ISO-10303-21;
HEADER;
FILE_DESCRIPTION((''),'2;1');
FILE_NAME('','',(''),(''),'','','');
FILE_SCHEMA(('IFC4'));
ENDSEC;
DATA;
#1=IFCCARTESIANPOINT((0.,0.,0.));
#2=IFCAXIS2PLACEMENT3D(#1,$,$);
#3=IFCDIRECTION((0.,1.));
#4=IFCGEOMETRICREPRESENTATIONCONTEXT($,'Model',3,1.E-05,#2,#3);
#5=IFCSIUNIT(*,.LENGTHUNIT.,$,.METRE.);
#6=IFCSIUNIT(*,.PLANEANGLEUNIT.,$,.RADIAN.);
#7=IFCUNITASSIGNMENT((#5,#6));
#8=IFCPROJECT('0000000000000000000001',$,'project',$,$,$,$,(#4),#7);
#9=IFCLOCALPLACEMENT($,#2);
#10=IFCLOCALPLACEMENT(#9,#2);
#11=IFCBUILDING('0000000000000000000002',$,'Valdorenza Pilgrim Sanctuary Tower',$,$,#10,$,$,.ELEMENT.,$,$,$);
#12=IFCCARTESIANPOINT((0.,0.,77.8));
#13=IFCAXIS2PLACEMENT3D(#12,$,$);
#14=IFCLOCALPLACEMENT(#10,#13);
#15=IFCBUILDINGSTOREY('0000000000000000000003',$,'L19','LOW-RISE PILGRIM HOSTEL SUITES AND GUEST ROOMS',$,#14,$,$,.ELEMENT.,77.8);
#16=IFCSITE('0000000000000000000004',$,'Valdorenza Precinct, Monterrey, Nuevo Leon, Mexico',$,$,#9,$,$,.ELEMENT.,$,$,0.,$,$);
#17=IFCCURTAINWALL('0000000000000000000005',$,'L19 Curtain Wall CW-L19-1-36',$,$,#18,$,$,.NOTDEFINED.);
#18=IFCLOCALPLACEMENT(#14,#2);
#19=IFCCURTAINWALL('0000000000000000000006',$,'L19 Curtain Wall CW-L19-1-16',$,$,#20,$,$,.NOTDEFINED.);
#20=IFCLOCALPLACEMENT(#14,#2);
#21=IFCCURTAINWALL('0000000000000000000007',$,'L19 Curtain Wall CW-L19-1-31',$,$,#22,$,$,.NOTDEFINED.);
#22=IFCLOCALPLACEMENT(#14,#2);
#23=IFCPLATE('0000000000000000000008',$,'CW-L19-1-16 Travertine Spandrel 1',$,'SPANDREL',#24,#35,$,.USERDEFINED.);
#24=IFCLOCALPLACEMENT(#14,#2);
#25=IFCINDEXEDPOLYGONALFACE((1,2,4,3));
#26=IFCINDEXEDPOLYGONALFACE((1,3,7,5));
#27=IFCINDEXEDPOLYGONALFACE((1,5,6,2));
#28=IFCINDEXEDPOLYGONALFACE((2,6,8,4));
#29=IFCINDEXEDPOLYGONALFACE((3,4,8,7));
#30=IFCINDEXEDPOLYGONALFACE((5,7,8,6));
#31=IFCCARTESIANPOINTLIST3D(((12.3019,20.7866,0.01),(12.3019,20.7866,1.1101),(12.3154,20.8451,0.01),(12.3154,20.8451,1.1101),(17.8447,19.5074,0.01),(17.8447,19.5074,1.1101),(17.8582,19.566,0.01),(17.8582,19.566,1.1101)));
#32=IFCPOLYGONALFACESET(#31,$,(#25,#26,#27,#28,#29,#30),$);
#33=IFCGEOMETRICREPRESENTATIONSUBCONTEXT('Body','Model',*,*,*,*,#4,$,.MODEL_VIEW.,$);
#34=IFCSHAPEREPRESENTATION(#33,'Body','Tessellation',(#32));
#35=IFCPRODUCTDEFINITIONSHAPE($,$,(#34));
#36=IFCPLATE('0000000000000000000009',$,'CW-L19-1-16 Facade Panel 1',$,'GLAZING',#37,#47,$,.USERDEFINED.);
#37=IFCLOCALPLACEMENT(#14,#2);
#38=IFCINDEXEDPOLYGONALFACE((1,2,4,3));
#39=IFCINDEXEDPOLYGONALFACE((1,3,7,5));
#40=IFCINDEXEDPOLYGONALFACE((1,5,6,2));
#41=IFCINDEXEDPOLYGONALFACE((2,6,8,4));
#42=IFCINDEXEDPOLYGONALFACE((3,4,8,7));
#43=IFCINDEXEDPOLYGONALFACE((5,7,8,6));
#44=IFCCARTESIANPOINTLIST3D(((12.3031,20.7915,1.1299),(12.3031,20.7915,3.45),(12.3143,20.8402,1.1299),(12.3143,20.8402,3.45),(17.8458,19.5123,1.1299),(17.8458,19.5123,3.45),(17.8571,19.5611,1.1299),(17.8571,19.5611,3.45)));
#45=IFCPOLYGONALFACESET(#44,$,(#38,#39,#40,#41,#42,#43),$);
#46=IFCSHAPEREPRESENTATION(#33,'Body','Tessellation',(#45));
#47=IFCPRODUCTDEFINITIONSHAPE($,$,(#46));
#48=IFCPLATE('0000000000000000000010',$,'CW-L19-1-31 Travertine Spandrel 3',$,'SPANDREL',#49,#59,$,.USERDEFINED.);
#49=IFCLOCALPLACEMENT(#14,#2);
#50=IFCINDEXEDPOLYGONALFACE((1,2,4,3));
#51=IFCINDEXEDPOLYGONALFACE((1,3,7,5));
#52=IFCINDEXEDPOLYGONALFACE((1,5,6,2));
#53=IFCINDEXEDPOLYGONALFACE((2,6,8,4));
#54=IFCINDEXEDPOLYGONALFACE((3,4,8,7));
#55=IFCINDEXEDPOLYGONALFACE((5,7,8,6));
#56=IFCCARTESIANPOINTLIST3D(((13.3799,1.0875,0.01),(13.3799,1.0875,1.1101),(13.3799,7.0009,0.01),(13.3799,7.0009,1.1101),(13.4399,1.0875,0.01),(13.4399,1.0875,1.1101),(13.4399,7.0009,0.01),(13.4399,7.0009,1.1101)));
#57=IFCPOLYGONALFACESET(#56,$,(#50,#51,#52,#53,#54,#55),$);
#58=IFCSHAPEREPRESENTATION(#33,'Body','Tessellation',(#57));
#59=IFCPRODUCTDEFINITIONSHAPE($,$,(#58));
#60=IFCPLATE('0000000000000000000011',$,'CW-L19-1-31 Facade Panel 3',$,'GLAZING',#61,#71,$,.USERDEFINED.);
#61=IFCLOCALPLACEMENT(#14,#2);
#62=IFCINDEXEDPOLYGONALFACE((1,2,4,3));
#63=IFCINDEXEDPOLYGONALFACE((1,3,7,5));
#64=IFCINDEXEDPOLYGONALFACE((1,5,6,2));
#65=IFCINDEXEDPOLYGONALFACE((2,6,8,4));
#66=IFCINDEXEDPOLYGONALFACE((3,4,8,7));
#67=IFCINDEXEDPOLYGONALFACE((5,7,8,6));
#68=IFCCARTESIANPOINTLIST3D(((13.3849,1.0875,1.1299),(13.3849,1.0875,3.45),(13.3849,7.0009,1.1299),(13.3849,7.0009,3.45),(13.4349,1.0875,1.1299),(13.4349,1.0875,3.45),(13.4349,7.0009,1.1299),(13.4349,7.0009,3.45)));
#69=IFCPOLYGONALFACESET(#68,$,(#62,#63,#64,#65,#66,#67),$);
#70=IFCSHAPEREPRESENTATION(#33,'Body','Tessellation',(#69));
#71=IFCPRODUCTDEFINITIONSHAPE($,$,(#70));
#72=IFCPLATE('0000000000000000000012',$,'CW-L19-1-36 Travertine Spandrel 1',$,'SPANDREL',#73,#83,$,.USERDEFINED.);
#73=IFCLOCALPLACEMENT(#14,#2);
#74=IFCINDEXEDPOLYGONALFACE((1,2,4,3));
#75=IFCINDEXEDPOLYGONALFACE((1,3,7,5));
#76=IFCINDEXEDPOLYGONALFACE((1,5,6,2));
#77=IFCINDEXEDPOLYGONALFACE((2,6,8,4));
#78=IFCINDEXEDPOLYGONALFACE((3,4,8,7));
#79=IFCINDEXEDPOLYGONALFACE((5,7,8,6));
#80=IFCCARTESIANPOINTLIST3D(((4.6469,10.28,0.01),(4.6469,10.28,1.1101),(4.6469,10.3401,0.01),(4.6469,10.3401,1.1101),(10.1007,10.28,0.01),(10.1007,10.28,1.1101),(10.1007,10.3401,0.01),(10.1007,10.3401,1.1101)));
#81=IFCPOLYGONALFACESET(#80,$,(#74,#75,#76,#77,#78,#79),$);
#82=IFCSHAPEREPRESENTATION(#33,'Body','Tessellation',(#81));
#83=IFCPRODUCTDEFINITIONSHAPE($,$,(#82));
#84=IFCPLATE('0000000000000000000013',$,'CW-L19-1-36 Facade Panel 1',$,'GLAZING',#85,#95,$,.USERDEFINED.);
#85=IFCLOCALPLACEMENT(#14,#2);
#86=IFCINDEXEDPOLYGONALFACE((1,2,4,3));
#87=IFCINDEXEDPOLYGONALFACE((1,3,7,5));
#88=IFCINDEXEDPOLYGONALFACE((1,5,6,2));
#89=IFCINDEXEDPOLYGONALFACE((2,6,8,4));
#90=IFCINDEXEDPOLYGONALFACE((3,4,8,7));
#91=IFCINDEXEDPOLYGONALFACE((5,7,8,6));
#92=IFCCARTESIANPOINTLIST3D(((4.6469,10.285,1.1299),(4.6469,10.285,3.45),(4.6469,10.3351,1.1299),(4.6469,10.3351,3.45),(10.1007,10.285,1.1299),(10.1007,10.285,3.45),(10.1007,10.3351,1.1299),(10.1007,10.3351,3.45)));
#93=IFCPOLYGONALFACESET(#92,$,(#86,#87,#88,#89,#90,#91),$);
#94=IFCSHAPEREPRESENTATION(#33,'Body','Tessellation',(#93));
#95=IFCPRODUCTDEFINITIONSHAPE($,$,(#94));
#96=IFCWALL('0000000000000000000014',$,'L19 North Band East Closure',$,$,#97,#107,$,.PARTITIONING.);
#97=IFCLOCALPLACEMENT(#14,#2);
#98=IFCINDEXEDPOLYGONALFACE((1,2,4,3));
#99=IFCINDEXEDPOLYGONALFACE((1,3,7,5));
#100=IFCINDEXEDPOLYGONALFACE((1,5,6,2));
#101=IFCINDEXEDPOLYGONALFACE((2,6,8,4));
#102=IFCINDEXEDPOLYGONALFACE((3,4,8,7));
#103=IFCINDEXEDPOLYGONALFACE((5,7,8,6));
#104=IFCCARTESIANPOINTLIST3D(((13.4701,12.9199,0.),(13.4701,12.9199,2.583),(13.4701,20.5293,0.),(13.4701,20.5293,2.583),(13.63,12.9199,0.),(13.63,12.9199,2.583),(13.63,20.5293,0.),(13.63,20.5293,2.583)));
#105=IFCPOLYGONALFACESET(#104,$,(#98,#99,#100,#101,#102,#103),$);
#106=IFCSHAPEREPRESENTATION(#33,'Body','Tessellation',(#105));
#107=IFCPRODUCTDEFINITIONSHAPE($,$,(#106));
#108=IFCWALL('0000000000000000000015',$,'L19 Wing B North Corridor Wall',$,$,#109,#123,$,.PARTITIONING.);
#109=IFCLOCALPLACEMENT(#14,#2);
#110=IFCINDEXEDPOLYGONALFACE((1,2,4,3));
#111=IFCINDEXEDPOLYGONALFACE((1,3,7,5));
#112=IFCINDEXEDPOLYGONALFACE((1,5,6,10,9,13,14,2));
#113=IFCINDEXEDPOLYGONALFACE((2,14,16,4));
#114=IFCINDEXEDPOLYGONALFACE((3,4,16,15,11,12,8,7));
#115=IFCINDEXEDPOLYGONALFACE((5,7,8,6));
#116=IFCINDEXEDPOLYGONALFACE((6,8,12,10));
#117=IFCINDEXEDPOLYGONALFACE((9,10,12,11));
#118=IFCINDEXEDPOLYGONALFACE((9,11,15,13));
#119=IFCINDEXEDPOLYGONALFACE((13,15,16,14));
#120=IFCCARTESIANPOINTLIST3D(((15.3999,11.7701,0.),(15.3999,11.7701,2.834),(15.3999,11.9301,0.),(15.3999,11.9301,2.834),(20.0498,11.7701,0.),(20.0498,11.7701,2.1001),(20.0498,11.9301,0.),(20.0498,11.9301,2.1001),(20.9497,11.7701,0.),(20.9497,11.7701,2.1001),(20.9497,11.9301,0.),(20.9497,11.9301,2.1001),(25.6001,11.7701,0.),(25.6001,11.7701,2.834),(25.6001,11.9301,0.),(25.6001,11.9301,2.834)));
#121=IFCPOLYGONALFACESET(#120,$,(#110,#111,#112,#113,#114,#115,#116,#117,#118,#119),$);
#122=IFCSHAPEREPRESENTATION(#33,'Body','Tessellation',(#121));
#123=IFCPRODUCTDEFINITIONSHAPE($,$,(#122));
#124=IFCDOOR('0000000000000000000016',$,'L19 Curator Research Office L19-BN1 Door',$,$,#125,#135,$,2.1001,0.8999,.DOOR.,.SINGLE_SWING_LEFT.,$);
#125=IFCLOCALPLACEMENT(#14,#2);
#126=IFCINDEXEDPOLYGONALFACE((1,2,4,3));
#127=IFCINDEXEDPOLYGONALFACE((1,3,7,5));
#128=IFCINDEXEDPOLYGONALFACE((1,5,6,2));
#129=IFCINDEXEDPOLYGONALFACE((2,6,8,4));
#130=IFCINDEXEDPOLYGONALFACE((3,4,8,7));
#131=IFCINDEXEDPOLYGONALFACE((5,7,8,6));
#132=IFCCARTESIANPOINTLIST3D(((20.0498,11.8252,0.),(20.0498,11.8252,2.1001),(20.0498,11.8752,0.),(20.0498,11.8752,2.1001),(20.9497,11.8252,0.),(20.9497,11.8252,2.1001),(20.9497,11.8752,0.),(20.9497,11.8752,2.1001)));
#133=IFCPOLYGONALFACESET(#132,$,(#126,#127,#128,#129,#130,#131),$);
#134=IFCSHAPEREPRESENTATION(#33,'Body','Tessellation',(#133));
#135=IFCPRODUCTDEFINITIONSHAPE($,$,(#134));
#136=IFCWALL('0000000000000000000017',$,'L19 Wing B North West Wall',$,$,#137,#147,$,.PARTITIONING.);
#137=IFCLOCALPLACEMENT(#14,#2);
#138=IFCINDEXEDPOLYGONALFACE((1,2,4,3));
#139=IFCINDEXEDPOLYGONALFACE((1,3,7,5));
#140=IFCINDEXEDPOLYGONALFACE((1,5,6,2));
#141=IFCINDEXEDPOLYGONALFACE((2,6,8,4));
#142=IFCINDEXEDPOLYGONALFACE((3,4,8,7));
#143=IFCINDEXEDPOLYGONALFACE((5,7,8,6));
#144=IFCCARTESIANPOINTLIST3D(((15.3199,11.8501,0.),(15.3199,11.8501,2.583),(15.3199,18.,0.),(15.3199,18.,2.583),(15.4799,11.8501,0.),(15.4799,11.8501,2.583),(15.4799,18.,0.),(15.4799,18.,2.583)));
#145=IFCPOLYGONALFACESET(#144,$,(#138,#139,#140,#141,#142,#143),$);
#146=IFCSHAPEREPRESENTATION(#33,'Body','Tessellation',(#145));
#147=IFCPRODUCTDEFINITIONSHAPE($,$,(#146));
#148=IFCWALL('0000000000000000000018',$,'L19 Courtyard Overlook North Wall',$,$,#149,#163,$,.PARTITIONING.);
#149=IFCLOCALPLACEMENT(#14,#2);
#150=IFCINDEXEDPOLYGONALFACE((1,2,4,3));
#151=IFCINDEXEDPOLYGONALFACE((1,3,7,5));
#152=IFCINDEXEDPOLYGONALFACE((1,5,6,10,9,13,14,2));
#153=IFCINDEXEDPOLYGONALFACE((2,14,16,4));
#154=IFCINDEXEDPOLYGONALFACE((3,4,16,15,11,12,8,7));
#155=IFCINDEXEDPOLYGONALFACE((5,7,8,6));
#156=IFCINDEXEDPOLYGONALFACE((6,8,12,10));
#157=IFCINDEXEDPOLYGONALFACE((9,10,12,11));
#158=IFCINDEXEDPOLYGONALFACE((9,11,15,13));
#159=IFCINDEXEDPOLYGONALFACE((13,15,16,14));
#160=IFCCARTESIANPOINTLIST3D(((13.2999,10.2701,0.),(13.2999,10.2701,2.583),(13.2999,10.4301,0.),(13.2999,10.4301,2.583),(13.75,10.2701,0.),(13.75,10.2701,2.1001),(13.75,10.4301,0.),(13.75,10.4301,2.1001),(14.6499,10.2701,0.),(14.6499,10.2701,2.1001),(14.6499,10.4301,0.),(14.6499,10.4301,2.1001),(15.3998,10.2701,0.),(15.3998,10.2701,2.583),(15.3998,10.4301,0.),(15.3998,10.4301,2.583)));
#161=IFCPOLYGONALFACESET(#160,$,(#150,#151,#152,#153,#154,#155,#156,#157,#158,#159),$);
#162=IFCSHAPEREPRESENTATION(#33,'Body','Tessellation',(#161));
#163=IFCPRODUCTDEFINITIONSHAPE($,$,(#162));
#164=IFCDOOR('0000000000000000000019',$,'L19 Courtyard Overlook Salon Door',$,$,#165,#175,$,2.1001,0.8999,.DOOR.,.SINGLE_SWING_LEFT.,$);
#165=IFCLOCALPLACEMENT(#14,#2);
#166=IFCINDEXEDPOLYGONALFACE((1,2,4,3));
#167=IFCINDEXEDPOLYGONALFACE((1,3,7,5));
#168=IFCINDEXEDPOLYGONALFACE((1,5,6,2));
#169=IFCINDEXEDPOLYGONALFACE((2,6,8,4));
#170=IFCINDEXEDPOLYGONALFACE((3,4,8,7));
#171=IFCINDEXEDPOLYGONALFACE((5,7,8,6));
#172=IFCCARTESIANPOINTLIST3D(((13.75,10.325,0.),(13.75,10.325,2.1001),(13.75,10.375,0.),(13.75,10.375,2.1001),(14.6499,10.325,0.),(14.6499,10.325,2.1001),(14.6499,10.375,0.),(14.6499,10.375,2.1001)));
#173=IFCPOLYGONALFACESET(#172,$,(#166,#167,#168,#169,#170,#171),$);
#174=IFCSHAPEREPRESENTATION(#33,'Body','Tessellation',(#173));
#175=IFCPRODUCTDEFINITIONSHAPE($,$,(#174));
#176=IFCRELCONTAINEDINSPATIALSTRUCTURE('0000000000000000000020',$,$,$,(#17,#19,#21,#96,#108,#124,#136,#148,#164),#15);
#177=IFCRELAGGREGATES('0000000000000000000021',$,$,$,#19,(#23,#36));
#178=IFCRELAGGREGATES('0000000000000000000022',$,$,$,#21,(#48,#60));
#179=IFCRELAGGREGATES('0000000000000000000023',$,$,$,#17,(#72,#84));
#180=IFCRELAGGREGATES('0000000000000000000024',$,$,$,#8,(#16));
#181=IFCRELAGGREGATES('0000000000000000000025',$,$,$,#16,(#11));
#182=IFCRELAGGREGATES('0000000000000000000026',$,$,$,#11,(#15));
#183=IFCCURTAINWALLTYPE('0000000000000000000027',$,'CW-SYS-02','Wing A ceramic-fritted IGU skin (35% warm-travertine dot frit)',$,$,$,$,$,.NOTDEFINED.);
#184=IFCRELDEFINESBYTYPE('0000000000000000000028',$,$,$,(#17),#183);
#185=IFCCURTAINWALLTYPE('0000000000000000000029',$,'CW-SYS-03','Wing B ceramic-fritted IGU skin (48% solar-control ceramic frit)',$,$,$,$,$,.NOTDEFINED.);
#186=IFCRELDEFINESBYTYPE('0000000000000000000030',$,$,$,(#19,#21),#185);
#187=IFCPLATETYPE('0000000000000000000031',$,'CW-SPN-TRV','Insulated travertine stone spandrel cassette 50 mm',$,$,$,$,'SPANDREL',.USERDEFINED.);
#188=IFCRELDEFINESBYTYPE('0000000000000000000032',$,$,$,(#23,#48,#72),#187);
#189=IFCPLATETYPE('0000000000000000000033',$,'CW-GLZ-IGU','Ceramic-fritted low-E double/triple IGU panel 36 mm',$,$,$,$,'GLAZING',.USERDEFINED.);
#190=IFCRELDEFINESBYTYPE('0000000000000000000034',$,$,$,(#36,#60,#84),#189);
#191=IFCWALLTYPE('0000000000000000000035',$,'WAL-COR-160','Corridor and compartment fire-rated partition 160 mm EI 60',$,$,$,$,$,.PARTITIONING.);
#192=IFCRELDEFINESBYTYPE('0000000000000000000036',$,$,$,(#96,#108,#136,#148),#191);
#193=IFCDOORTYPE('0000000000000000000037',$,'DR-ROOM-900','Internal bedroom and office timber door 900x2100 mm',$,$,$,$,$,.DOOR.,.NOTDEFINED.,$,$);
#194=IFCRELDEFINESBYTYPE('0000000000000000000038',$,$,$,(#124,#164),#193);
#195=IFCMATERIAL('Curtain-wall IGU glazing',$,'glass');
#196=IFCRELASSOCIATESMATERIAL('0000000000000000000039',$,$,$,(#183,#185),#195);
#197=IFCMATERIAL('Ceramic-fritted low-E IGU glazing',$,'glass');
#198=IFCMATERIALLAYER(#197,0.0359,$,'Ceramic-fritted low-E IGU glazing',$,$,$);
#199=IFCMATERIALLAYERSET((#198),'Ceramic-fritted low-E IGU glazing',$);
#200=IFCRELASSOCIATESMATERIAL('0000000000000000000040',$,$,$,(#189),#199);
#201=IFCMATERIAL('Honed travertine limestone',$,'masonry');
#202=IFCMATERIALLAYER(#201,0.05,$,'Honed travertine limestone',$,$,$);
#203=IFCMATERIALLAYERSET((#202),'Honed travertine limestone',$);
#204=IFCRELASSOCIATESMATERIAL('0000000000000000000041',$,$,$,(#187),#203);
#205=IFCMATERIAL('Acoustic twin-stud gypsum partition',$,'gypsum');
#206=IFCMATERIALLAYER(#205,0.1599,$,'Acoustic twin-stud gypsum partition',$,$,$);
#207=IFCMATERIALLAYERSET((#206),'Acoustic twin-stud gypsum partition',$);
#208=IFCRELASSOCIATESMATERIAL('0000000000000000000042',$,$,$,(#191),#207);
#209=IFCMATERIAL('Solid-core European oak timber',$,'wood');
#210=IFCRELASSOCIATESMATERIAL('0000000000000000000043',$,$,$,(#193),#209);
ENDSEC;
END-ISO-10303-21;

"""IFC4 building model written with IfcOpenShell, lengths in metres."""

from ifc_helpers import new_model, si_unit, direction, frame, frame_2d, origin, origin_2d, place, context, subcontext, project, spatial, rectangle, extrude, source, transform, mapped, material, layer, layer_set, type_object, element, fill, aggregate, save


model = new_model("IFC4")

# Units and contexts
model_context = context("Model", 3, precision=1e-05, world=origin(), true_north=direction((0.0, 1.0)))
body_context = subcontext(model_context, "Body", "Model", "MODEL_VIEW")
ifc_project = project(units=[si_unit("LENGTHUNIT", "METRE"), si_unit("PLANEANGLEUNIT", "RADIAN")], contexts=[model_context])

# Site, building, storey
site_placement = place(None, origin())
site = spatial("IfcSite", under=ifc_project, at=site_placement, Name="Valdorenza Precinct, Monterrey, Nuevo Leon, Mexico", CompositionType="ELEMENT", RefElevation=0.0)
building_placement = place(site_placement, origin())
building = spatial("IfcBuilding", under=site, at=building_placement, Name="Valdorenza Pilgrim Sanctuary Tower", CompositionType="ELEMENT")
storey_placement = place(building_placement, frame((0.0, 0.0, 77.8)))
storey = spatial("IfcBuildingStorey", under=building, at=storey_placement, Name="L19", Description="LOW-RISE PILGRIM HOSTEL SUITES AND GUEST ROOMS", CompositionType="ELEMENT", Elevation=77.8)

# Curtain wall
ifc_material_1 = material(Name="Curtain-wall IGU glazing", Category="glass")
curtain_wall_type_1 = type_object("IfcCurtainWallType", Name="CW-SYS-02", Description="Wing A ceramic-fritted IGU skin (35% warm-travertine dot frit)", PredefinedType="NOTDEFINED", material=ifc_material_1)
curtain_wall_1_placement = place(storey_placement, origin())
curtain_wall_1 = element("IfcCurtainWall", 1, at=curtain_wall_1_placement, inside=storey, type_object=curtain_wall_type_1, Name="L19 Curtain Wall CW-L19-1-36", PredefinedType="NOTDEFINED")

# Curtain wall
curtain_wall_type_2 = type_object("IfcCurtainWallType", Name="CW-SYS-03", Description="Wing B ceramic-fritted IGU skin (48% solar-control ceramic frit)", PredefinedType="NOTDEFINED", material=ifc_material_1)
curtain_wall_2_placement = place(storey_placement, origin())
curtain_wall_2 = element("IfcCurtainWall", 2, at=curtain_wall_2_placement, inside=storey, type_object=curtain_wall_type_2, Name="L19 Curtain Wall CW-L19-1-16", PredefinedType="NOTDEFINED")

# Curtain wall
curtain_wall_3_placement = place(storey_placement, origin())
curtain_wall_3 = element("IfcCurtainWall", 3, at=curtain_wall_3_placement, inside=storey, type_object=curtain_wall_type_2, Name="L19 Curtain Wall CW-L19-1-31", PredefinedType="NOTDEFINED")

# Plates
ifc_material_2 = material(Name="Ceramic-fritted low-E IGU glazing", Category="glass")
ifc_layer_1 = layer(ifc_material_2, 0.0359, Name="Ceramic-fritted low-E IGU glazing")
ifc_layer_set_1 = layer_set([ifc_layer_1], Name="Ceramic-fritted low-E IGU glazing")
plate_type_1 = type_object("IfcPlateType", Name="CW-GLZ-IGU", Description="Ceramic-fritted low-E double/triple IGU panel 36 mm", ElementType="GLAZING", PredefinedType="USERDEFINED", material=ifc_layer_set_1)
ifc_material_3 = material(Name="Honed travertine limestone", Category="masonry")
ifc_layer_2 = layer(ifc_material_3, 0.05, Name="Honed travertine limestone")
ifc_layer_set_2 = layer_set([ifc_layer_2], Name="Honed travertine limestone")
plate_type_2 = type_object("IfcPlateType", Name="CW-SPN-TRV", Description="Insulated travertine stone spandrel cassette 50 mm", ElementType="SPANDREL", PredefinedType="USERDEFINED", material=ifc_layer_set_2)
shared_shape_1 = source(origin(), body_context, "Body", "SweptSolid", [
    extrude(rectangle(XDim=5.6885, YDim=0.0601, at=origin_2d()), origin(), (0.0, 0.0, 1.0), 1.1001),
])
plate_1_placement = place(storey_placement, frame((15.0801, 20.1763, 0.01), z_axis=(0.0, 0.0, 1.0), x_axis=(0.97439, -0.224866, 0.0)))
plate_1 = element("IfcPlate", 4, at=plate_1_placement, type_object=plate_type_2, Name="CW-L19-1-16 Travertine Spandrel 1", ObjectType="SPANDREL", PredefinedType="USERDEFINED", context=body_context, shape_type="MappedRepresentation", body=[
    mapped(shared_shape_1, transform((0.0, 0.0, 0.0), x_axis=(1.0, 0.0, 0.0), y_axis=(0.0, 1.0, 0.0), z_axis=(0.0, 0.0, 1.0), scale=1.0)),
])
shared_shape_2 = source(origin(), body_context, "Body", "SweptSolid", [
    extrude(rectangle(XDim=5.6885, YDim=0.05, at=origin_2d()), origin(), (0.0, 0.0, 1.0), 2.3201),
])
plate_2_placement = place(storey_placement, frame((15.0801, 20.1763, 1.1299), z_axis=(0.0, 0.0, 1.0), x_axis=(0.97439, -0.224866, 0.0)))
plate_2 = element("IfcPlate", 5, at=plate_2_placement, type_object=plate_type_1, Name="CW-L19-1-16 Facade Panel 1", ObjectType="GLAZING", PredefinedType="USERDEFINED", context=body_context, shape_type="MappedRepresentation", body=[
    mapped(shared_shape_2, transform((0.0, 0.0, 0.0), x_axis=(1.0, 0.0, 0.0), y_axis=(0.0, 1.0, 0.0), z_axis=(0.0, 0.0, 1.0), scale=1.0)),
])
aggregate(curtain_wall_2, [plate_1, plate_2])
shared_shape_3 = source(origin(), body_context, "Body", "SweptSolid", [
    extrude(rectangle(XDim=5.9133, YDim=0.0601, at=origin_2d()), origin(), (0.0, 0.0, 1.0), 1.1001),
])
plate_3_placement = place(storey_placement, frame((13.4099, 4.0442, 0.01), z_axis=(0.0, 0.0, 1.0), x_axis=(0.0, 1.0, 0.0)))
plate_3 = element("IfcPlate", 6, at=plate_3_placement, type_object=plate_type_2, Name="CW-L19-1-31 Travertine Spandrel 3", ObjectType="SPANDREL", PredefinedType="USERDEFINED", context=body_context, shape_type="MappedRepresentation", body=[
    mapped(shared_shape_3, transform((0.0, 0.0, 0.0), x_axis=(1.0, 0.0, 0.0), y_axis=(0.0, 1.0, 0.0), z_axis=(0.0, 0.0, 1.0), scale=1.0)),
])
shared_shape_4 = source(origin(), body_context, "Body", "SweptSolid", [
    extrude(rectangle(XDim=5.9133, YDim=0.05, at=origin_2d()), origin(), (0.0, 0.0, 1.0), 2.3201),
])
plate_4_placement = place(storey_placement, frame((13.4099, 4.0442, 1.1299), z_axis=(0.0, 0.0, 1.0), x_axis=(0.0, 1.0, 0.0)))
plate_4 = element("IfcPlate", 7, at=plate_4_placement, type_object=plate_type_1, Name="CW-L19-1-31 Facade Panel 3", ObjectType="GLAZING", PredefinedType="USERDEFINED", context=body_context, shape_type="MappedRepresentation", body=[
    mapped(shared_shape_4, transform((0.0, 0.0, 0.0), x_axis=(1.0, 0.0, 0.0), y_axis=(0.0, 1.0, 0.0), z_axis=(0.0, 0.0, 1.0), scale=1.0)),
])
aggregate(curtain_wall_3, [plate_3, plate_4])
shared_shape_5 = source(origin(), body_context, "Body", "SweptSolid", [
    extrude(rectangle(XDim=5.4539, YDim=0.0601, at=origin_2d()), origin(), (0.0, 0.0, 1.0), 1.1001),
])
plate_5_placement = place(storey_placement, frame((7.3738, 10.3101, 0.01), z_axis=(0.0, 0.0, 1.0), x_axis=(-1.0, 0.0, 0.0)))
plate_5 = element("IfcPlate", 8, at=plate_5_placement, type_object=plate_type_2, Name="CW-L19-1-36 Travertine Spandrel 1", ObjectType="SPANDREL", PredefinedType="USERDEFINED", context=body_context, shape_type="MappedRepresentation", body=[
    mapped(shared_shape_5, transform((0.0, 0.0, 0.0), x_axis=(1.0, 0.0, 0.0), y_axis=(0.0, 1.0, 0.0), z_axis=(0.0, 0.0, 1.0), scale=1.0)),
])
shared_shape_6 = source(origin(), body_context, "Body", "SweptSolid", [
    extrude(rectangle(XDim=5.4539, YDim=0.05, at=origin_2d()), origin(), (0.0, 0.0, 1.0), 2.3201),
])
plate_6_placement = place(storey_placement, frame((7.3738, 10.3101, 1.1299), z_axis=(0.0, 0.0, 1.0), x_axis=(-1.0, 0.0, 0.0)))
plate_6 = element("IfcPlate", 9, at=plate_6_placement, type_object=plate_type_1, Name="CW-L19-1-36 Facade Panel 1", ObjectType="GLAZING", PredefinedType="USERDEFINED", context=body_context, shape_type="MappedRepresentation", body=[
    mapped(shared_shape_6, transform((0.0, 0.0, 0.0), x_axis=(1.0, 0.0, 0.0), y_axis=(0.0, 1.0, 0.0), z_axis=(0.0, 0.0, 1.0), scale=1.0)),
])
aggregate(curtain_wall_1, [plate_5, plate_6])

# Wall
ifc_material_4 = material(Name="Acoustic twin-stud gypsum partition", Category="gypsum")
ifc_layer_3 = layer(ifc_material_4, 0.1599, Name="Acoustic twin-stud gypsum partition")
ifc_layer_set_3 = layer_set([ifc_layer_3], Name="Acoustic twin-stud gypsum partition")
wall_type_1 = type_object("IfcWallType", Name="WAL-COR-160", Description="Corridor and compartment fire-rated partition 160 mm EI 60", PredefinedType="PARTITIONING", material=ifc_layer_set_3)
wall_1_placement = place(storey_placement, frame((13.55, 12.9199, 0.0), z_axis=(0.0, 0.0, 1.0), x_axis=(0.0, 1.0, 0.0)))
element("IfcWall", 10, at=wall_1_placement, inside=storey, type_object=wall_type_1, Name="L19 North Band East Closure", PredefinedType="PARTITIONING", context=body_context, shape_type="SweptSolid", body=[
    extrude(rectangle(XDim=7.6094, YDim=0.1599, at=frame_2d((3.8047, 0.0))), origin(), (0.0, 0.0, 1.0), 2.583),
])

# Wall, opening, door
wall_2_placement = place(storey_placement, frame((15.3999, 11.8501, 0.0), z_axis=(0.0, 0.0, 1.0), x_axis=(1.0, 0.0, 0.0)))
wall_2 = element("IfcWall", 11, at=wall_2_placement, inside=storey, type_object=wall_type_1, Name="L19 Wing B North Corridor Wall", PredefinedType="PARTITIONING", context=body_context, shape_type="SweptSolid", body=[
    extrude(rectangle(XDim=10.2002, YDim=0.1599, at=frame_2d((5.1001, 0.0))), origin(), (0.0, 0.0, 1.0), 2.834),
])
opening_1_placement = place(wall_2_placement, frame((4.6499, 0.0, 0.0)))
opening_1 = element("IfcOpeningElement", 12, at=opening_1_placement, cuts=wall_2, PredefinedType="OPENING", context=body_context, shape_type="SweptSolid", body=[
    extrude(rectangle(XDim=0.8999, YDim=2.1001, at=frame_2d((0.45, 1.05))), frame((0.0, 0.0947, 0.0), z_axis=(0.0, -1.0, 0.0), x_axis=(1.0, 0.0, 0.0)), (0.0, 0.0, 1.0), 0.1897),
])
ifc_material_5 = material(Name="Solid-core European oak timber", Category="wood")
door_type = type_object("IfcDoorType", Name="DR-ROOM-900", Description="Internal bedroom and office timber door 900x2100 mm", OperationType="NOTDEFINED", PredefinedType="DOOR", material=ifc_material_5)
door_1_placement = place(opening_1_placement, frame((0.8999, 0.0, 0.0), z_axis=(0.0, 0.0, 1.0), x_axis=(-1.0, 0.0, 0.0)))
door_1 = element("IfcDoor", 13, at=door_1_placement, inside=storey, type_object=door_type, Name="L19 Curator Research Office L19-BN1 Door", OperationType="SINGLE_SWING_LEFT", OverallHeight=2.1001, OverallWidth=0.8999, PredefinedType="DOOR", context=body_context, shape_type="SweptSolid", body=[
    extrude(rectangle(XDim=0.8999, YDim=2.1001, at=frame_2d((0.45, 1.05))), frame((0.0, 0.0249, 0.0), z_axis=(0.0, -1.0, 0.0), x_axis=(1.0, 0.0, 0.0)), (0.0, 0.0, 1.0), 0.05),
])
fill(opening_1, door_1)

# Wall
wall_3_placement = place(storey_placement, frame((15.3999, 11.8501, 0.0), z_axis=(0.0, 0.0, 1.0), x_axis=(0.0, 1.0, 0.0)))
element("IfcWall", 14, at=wall_3_placement, inside=storey, type_object=wall_type_1, Name="L19 Wing B North West Wall", PredefinedType="PARTITIONING", context=body_context, shape_type="SweptSolid", body=[
    extrude(rectangle(XDim=6.1499, YDim=0.1599, at=frame_2d((3.075, 0.0))), origin(), (0.0, 0.0, 1.0), 2.583),
])

# Wall, opening, door
wall_4_placement = place(storey_placement, frame((13.3, 10.3501, 0.0), z_axis=(0.0, 0.0, 1.0), x_axis=(1.0, 0.0, 0.0)))
wall_4 = element("IfcWall", 15, at=wall_4_placement, inside=storey, type_object=wall_type_1, Name="L19 Courtyard Overlook North Wall", PredefinedType="PARTITIONING", context=body_context, shape_type="SweptSolid", body=[
    extrude(rectangle(XDim=2.0999, YDim=0.1599, at=frame_2d((1.0498, 0.0))), origin(), (0.0, 0.0, 1.0), 2.583),
])
opening_2_placement = place(wall_4_placement, frame((0.45, 0.0, 0.0)))
opening_2 = element("IfcOpeningElement", 16, at=opening_2_placement, cuts=wall_4, PredefinedType="OPENING", context=body_context, shape_type="SweptSolid", body=[
    extrude(rectangle(XDim=0.8999, YDim=2.1001, at=frame_2d((0.45, 1.05))), frame((0.0, 0.0947, 0.0), z_axis=(0.0, -1.0, 0.0), x_axis=(1.0, 0.0, 0.0)), (0.0, 0.0, 1.0), 0.1897),
])
door_2_placement = place(opening_2_placement, origin())
door_2 = element("IfcDoor", 17, at=door_2_placement, inside=storey, type_object=door_type, Name="L19 Courtyard Overlook Salon Door", OperationType="SINGLE_SWING_LEFT", OverallHeight=2.1001, OverallWidth=0.8999, PredefinedType="DOOR", context=body_context, shape_type="SweptSolid", body=[
    extrude(rectangle(XDim=0.8999, YDim=2.1001, at=frame_2d((0.45, 1.05))), frame((0.0, 0.0249, 0.0), z_axis=(0.0, -1.0, 0.0), x_axis=(1.0, 0.0, 0.0)), (0.0, 0.0, 1.0), 0.05),
])
fill(opening_2, door_2)

save(model, "model.ifc")
